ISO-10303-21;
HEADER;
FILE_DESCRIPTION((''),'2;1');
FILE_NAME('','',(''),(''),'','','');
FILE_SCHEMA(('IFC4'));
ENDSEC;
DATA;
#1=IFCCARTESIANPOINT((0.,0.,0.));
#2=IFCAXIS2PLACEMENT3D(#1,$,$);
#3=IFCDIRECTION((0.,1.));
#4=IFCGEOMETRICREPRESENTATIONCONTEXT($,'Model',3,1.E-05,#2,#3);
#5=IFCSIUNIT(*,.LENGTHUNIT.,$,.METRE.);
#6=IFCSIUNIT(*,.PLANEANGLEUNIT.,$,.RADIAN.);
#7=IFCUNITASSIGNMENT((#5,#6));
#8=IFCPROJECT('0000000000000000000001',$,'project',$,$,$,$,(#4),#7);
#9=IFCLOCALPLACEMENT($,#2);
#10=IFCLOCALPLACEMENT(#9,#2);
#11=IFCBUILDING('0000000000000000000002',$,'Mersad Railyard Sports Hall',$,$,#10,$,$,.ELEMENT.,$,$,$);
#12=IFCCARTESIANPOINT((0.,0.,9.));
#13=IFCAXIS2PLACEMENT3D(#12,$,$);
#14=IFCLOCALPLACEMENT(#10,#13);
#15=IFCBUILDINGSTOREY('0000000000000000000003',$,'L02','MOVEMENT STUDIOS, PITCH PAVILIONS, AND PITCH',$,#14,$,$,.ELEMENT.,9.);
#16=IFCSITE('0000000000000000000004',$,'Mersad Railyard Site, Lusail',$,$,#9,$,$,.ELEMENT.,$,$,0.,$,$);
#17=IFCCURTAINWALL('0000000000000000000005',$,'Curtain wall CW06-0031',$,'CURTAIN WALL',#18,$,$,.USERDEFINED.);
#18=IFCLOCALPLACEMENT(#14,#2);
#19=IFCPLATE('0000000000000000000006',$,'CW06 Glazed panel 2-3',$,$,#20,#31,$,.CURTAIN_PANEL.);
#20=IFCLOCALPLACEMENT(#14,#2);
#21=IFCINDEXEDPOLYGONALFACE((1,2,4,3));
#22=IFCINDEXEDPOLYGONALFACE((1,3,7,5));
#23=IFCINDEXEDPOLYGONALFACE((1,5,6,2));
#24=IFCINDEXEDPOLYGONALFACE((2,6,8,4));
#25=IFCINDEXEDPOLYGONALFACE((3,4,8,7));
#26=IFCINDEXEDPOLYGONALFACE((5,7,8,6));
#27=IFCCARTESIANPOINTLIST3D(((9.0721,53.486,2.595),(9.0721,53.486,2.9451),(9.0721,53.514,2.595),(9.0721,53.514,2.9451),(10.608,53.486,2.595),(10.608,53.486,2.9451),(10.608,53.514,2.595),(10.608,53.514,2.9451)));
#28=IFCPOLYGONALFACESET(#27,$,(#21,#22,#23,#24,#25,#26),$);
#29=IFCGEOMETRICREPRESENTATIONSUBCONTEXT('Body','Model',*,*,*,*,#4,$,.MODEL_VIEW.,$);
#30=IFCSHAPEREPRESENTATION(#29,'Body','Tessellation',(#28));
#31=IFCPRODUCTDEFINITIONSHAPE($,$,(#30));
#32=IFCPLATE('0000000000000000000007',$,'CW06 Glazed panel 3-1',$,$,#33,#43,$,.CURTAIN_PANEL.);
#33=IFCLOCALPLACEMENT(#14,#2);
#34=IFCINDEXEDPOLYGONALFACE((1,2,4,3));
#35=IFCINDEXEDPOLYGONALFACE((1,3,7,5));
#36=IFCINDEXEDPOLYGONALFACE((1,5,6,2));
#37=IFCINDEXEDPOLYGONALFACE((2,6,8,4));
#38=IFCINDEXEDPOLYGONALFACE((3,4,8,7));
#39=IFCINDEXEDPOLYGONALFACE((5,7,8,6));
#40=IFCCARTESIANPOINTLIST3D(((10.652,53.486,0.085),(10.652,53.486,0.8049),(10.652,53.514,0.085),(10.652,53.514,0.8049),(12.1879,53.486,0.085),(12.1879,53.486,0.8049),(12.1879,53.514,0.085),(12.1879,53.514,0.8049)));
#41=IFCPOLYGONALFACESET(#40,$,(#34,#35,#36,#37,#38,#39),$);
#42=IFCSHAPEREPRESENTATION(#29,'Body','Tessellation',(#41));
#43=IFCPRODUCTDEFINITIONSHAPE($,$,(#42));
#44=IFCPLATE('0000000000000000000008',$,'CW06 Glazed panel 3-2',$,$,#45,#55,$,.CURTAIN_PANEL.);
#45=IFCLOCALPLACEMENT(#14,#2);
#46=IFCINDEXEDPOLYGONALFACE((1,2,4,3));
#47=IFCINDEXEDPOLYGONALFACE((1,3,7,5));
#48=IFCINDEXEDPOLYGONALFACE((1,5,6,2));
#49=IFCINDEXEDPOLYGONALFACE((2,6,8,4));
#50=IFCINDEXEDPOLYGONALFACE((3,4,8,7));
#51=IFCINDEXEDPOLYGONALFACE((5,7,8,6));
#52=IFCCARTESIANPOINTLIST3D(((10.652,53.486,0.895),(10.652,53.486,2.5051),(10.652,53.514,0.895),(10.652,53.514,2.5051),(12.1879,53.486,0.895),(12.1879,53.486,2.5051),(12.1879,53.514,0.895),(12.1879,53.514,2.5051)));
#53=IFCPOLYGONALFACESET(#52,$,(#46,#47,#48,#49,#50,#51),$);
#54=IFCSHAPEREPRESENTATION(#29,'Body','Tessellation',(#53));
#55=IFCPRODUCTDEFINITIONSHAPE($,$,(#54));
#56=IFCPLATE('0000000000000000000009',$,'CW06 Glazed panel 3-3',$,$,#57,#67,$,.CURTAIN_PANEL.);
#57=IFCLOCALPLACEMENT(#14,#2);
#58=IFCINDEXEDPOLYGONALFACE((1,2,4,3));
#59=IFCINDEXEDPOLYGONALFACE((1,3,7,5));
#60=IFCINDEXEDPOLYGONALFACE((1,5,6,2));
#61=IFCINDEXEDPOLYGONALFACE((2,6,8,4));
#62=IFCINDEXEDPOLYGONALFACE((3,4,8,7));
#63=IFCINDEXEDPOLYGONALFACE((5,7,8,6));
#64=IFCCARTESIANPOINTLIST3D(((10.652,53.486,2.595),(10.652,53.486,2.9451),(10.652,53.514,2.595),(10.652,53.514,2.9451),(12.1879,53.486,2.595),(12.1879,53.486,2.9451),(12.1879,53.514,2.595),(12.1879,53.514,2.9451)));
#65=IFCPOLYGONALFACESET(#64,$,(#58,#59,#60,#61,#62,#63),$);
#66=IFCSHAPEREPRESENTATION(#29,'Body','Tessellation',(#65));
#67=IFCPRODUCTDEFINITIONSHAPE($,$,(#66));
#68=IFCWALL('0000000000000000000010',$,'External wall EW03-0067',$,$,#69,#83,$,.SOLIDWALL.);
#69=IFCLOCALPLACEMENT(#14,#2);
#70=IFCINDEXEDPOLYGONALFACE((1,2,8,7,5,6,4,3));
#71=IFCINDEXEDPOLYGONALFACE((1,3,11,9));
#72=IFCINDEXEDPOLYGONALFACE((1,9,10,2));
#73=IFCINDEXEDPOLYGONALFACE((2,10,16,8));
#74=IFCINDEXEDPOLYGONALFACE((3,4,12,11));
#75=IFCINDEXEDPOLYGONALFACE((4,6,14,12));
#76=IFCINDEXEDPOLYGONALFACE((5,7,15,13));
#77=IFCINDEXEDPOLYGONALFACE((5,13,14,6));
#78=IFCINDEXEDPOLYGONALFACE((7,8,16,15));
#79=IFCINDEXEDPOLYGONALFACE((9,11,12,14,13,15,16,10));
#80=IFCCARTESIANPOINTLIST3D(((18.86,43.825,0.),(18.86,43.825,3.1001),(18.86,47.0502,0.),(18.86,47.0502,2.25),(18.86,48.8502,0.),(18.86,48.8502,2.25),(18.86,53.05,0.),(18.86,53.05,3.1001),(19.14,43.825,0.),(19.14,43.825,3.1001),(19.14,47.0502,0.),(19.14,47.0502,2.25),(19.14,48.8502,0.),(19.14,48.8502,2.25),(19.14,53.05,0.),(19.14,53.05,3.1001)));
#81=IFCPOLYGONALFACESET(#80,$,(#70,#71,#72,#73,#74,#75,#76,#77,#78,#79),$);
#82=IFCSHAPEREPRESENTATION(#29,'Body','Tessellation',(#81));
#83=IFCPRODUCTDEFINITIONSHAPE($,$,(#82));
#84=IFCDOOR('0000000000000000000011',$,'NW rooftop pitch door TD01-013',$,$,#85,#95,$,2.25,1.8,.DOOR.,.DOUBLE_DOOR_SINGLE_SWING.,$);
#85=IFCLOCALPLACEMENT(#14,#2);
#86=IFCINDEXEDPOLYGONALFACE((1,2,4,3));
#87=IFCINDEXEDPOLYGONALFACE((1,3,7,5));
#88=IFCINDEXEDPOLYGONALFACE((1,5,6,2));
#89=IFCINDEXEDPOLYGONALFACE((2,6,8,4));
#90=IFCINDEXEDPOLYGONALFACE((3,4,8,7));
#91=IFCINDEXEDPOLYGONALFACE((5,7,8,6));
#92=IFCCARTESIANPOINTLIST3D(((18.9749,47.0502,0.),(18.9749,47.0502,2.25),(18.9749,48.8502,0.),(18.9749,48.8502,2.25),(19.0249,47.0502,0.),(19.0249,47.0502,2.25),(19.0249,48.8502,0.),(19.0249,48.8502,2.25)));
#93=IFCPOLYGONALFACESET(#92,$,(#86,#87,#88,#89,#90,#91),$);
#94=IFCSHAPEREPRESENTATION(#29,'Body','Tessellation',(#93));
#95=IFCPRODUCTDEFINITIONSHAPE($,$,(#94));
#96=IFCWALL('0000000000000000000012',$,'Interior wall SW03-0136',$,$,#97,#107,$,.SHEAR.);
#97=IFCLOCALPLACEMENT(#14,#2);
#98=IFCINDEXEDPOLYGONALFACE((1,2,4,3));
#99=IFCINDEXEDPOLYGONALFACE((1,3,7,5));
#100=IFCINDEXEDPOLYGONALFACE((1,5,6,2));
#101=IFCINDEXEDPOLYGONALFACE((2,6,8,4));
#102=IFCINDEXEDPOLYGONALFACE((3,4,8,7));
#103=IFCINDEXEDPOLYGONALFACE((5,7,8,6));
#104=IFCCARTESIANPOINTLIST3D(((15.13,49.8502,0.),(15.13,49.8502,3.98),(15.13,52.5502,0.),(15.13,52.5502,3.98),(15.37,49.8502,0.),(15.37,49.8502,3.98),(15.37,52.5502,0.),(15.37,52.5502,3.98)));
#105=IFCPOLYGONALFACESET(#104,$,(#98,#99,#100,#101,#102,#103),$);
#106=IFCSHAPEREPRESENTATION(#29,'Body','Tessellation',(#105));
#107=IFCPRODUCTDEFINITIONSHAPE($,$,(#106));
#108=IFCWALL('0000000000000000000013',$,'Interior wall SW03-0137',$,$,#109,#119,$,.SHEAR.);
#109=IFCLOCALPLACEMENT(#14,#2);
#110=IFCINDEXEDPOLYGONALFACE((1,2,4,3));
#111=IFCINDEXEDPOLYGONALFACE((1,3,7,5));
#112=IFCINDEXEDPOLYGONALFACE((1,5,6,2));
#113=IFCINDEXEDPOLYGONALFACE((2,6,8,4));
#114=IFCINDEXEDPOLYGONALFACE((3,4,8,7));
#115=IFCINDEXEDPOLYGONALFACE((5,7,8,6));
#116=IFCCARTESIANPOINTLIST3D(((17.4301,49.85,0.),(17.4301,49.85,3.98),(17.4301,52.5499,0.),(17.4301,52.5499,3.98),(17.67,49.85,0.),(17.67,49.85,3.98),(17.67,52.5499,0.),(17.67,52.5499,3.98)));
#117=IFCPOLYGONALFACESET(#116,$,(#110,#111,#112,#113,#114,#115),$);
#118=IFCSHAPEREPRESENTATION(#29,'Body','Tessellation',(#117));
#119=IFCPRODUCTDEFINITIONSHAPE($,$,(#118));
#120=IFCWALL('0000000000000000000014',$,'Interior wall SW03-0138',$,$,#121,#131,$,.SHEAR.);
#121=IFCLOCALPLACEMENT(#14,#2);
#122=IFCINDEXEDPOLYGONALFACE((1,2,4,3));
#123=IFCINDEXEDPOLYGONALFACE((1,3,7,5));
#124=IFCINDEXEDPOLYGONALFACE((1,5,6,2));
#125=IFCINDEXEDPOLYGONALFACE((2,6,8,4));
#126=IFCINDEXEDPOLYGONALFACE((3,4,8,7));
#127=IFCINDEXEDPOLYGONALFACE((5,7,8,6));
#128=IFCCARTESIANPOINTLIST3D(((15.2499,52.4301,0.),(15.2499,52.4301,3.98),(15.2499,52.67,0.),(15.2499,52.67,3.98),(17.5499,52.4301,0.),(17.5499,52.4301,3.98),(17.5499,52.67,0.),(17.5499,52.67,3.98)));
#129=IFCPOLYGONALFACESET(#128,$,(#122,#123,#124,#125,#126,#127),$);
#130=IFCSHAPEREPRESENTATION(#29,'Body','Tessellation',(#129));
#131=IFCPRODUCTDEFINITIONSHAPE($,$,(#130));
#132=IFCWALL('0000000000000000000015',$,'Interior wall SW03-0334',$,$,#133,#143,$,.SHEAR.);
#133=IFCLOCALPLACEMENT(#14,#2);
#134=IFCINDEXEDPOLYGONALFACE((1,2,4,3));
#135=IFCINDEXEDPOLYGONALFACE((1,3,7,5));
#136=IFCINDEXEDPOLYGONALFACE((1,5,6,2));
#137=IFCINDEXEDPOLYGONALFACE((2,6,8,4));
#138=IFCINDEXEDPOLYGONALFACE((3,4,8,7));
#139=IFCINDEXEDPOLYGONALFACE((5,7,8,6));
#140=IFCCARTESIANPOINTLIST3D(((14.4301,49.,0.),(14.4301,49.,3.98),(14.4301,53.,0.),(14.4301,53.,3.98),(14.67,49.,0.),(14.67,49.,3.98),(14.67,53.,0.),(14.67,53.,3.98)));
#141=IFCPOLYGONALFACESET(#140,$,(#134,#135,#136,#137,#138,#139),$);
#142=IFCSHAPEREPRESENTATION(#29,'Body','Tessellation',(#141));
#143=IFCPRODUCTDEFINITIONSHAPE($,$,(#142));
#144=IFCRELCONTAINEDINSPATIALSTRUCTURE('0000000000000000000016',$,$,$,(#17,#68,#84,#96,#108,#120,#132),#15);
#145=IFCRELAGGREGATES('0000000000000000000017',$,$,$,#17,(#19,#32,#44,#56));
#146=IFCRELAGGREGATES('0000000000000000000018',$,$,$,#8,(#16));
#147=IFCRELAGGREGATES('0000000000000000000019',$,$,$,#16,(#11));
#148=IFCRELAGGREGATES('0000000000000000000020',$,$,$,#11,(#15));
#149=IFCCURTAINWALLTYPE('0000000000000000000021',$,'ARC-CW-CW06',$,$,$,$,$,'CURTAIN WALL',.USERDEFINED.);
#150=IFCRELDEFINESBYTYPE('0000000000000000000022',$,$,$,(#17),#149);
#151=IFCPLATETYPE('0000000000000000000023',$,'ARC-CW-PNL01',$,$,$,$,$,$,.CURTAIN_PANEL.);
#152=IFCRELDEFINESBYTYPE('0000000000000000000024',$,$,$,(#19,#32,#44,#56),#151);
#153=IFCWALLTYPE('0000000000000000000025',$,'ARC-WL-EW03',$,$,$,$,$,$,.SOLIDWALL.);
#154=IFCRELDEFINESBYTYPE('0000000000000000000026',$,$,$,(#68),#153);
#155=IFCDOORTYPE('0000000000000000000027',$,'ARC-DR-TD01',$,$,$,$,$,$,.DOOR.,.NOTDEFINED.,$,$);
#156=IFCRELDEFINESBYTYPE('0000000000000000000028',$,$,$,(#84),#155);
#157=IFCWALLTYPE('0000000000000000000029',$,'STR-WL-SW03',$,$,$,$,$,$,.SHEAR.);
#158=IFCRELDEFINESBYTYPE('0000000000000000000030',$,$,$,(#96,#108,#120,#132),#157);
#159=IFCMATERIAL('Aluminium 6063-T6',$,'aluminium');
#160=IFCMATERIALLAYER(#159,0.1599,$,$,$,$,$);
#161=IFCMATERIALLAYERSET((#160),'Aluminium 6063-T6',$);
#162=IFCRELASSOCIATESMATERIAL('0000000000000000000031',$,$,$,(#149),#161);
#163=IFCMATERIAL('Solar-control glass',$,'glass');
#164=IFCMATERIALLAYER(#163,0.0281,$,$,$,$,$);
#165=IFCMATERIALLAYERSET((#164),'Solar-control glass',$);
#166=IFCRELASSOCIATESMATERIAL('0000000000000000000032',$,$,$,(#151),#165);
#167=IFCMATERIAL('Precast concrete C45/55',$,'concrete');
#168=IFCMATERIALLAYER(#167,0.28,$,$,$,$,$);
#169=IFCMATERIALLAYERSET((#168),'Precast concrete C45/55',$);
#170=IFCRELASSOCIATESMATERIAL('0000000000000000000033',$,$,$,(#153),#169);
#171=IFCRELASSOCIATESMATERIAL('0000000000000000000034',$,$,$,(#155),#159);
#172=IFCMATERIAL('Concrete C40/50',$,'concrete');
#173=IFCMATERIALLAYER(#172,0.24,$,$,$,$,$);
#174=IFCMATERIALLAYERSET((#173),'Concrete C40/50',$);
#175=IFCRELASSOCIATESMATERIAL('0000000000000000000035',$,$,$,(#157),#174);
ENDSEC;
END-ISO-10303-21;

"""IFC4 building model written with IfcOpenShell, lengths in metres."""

from ifc_helpers import new_model, si_unit, direction, frame, frame_2d, origin, origin_2d, place, context, subcontext, project, spatial, rectangle, extrude, material, layer, layer_set, type_object, element, fill, aggregate, save


model = new_model("IFC4")

# Units and contexts
model_context = context("Model", 3, precision=1e-05, world=origin(), true_north=direction((0.0, 1.0)))
body_context = subcontext(model_context, "Body", "Model", "MODEL_VIEW")
ifc_project = project(units=[si_unit("LENGTHUNIT", "METRE"), si_unit("PLANEANGLEUNIT", "RADIAN")], contexts=[model_context])

# Site, building, storey
site_placement = place(None, origin())
site = spatial("IfcSite", under=ifc_project, at=site_placement, Name="Mersad Railyard Site, Lusail", CompositionType="ELEMENT", RefElevation=0.0)
building_placement = place(site_placement, origin())
building = spatial("IfcBuilding", under=site, at=building_placement, Name="Mersad Railyard Sports Hall", CompositionType="ELEMENT")
storey_placement = place(building_placement, frame((0.0, 0.0, 9.0)))
storey = spatial("IfcBuildingStorey", under=building, at=storey_placement, Name="L02", Description="MOVEMENT STUDIOS, PITCH PAVILIONS, AND PITCH", CompositionType="ELEMENT", Elevation=9.0)

# Curtain wall
ifc_material_1 = material(Name="Aluminium 6063-T6", Category="aluminium")
ifc_layer_1 = layer(ifc_material_1, 0.1599)
ifc_layer_set_1 = layer_set([ifc_layer_1], Name="Aluminium 6063-T6")
curtain_wall_type = type_object("IfcCurtainWallType", Name="ARC-CW-CW06", ElementType="CURTAIN WALL", PredefinedType="USERDEFINED", material=ifc_layer_set_1)
curtain_wall_placement = place(storey_placement, origin())
curtain_wall = element("IfcCurtainWall", 1, at=curtain_wall_placement, inside=storey, type_object=curtain_wall_type, Name="Curtain wall CW06-0031", ObjectType="CURTAIN WALL", PredefinedType="USERDEFINED")

# Shared definitions
ifc_material_2 = material(Name="Concrete C40/50", Category="concrete")

# Plates
ifc_material_3 = material(Name="Solar-control glass", Category="glass")
ifc_layer_2 = layer(ifc_material_3, 0.0281)
ifc_layer_set_2 = layer_set([ifc_layer_2], Name="Solar-control glass")
plate_type = type_object("IfcPlateType", Name="ARC-CW-PNL01", PredefinedType="CURTAIN_PANEL", material=ifc_layer_set_2)
plate_1_placement = place(storey_placement, frame((9.8401, 53.5, 2.595), z_axis=(0.0, 0.0, 1.0), x_axis=(1.0, 0.0, 0.0)))
plate_1 = element("IfcPlate", 2, at=plate_1_placement, type_object=plate_type, Name="CW06 Glazed panel 2-3", PredefinedType="CURTAIN_PANEL", context=body_context, shape_type="SweptSolid", body=[
    extrude(rectangle(XDim=1.5359, YDim=0.0281, at=origin_2d()), origin(), (0.0, 0.0, 1.0), 0.3501),
])
plate_2_placement = place(storey_placement, frame((11.4199, 53.5, 0.085), z_axis=(0.0, 0.0, 1.0), x_axis=(1.0, 0.0, 0.0)))
plate_2 = element("IfcPlate", 3, at=plate_2_placement, type_object=plate_type, Name="CW06 Glazed panel 3-1", PredefinedType="CURTAIN_PANEL", context=body_context, shape_type="SweptSolid", body=[
    extrude(rectangle(XDim=1.5359, YDim=0.0281, at=origin_2d()), origin(), (0.0, 0.0, 1.0), 0.72),
])
plate_3_placement = place(storey_placement, frame((11.4199, 53.5, 0.895), z_axis=(0.0, 0.0, 1.0), x_axis=(1.0, 0.0, 0.0)))
plate_3 = element("IfcPlate", 4, at=plate_3_placement, type_object=plate_type, Name="CW06 Glazed panel 3-2", PredefinedType="CURTAIN_PANEL", context=body_context, shape_type="SweptSolid", body=[
    extrude(rectangle(XDim=1.5359, YDim=0.0281, at=origin_2d()), origin(), (0.0, 0.0, 1.0), 1.6101),
])
plate_4_placement = place(storey_placement, frame((11.4199, 53.5, 2.595), z_axis=(0.0, 0.0, 1.0), x_axis=(1.0, 0.0, 0.0)))
plate_4 = element("IfcPlate", 5, at=plate_4_placement, type_object=plate_type, Name="CW06 Glazed panel 3-3", PredefinedType="CURTAIN_PANEL", context=body_context, shape_type="SweptSolid", body=[
    extrude(rectangle(XDim=1.5359, YDim=0.0281, at=origin_2d()), origin(), (0.0, 0.0, 1.0), 0.3501),
])
aggregate(curtain_wall, [plate_1, plate_2, plate_3, plate_4])

# Wall, opening, door
ifc_material_4 = material(Name="Precast concrete C45/55", Category="concrete")
ifc_layer_3 = layer(ifc_material_4, 0.28)
ifc_layer_set_3 = layer_set([ifc_layer_3], Name="Precast concrete C45/55")
wall_type_1 = type_object("IfcWallType", Name="ARC-WL-EW03", PredefinedType="SOLIDWALL", material=ifc_layer_set_3)
wall_1_placement = place(storey_placement, frame((19.0, 53.05, 0.0), z_axis=(0.0, 0.0, 1.0), x_axis=(0.0, -1.0, 0.0)))
wall_1 = element("IfcWall", 6, at=wall_1_placement, inside=storey, type_object=wall_type_1, Name="External wall EW03-0067", PredefinedType="SOLIDWALL", context=body_context, shape_type="SweptSolid", body=[
    extrude(rectangle(XDim=9.2251, YDim=0.28, at=frame_2d((4.6125, 0.0))), origin(), (0.0, 0.0, 1.0), 3.1001),
])
opening_1_placement = place(wall_1_placement, frame((4.2, 0.0, 0.0)))
opening_1 = element("IfcOpeningElement", 7, at=opening_1_placement, cuts=wall_1, PredefinedType="OPENING", context=body_context, shape_type="SweptSolid", body=[
    extrude(rectangle(XDim=1.8, YDim=2.25, at=frame_2d((0.8999, 1.125))), frame((0.0, 0.1499, 0.0), z_axis=(0.0, -1.0, 0.0), x_axis=(1.0, 0.0, 0.0)), (0.0, 0.0, 1.0), 0.3),
])
door_type_1 = type_object("IfcDoorType", Name="ARC-DR-TD01", OperationType="NOTDEFINED", PredefinedType="DOOR", material=ifc_material_1)
door_1_placement = place(opening_1_placement, origin())
door_1 = element("IfcDoor", 8, at=door_1_placement, inside=storey, type_object=door_type_1, Name="NW rooftop pitch door TD01-013", OperationType="DOUBLE_DOOR_SINGLE_SWING", OverallHeight=2.25, OverallWidth=1.8, PredefinedType="DOOR", context=body_context, shape_type="SweptSolid", body=[
    extrude(rectangle(XDim=1.8, YDim=2.25, at=frame_2d((0.8999, 1.125))), frame((0.0, 0.0249, 0.0), z_axis=(0.0, -1.0, 0.0), x_axis=(1.0, 0.0, 0.0)), (0.0, 0.0, 1.0), 0.05),
])
fill(opening_1, door_1)

# Walls
ifc_layer_4 = layer(ifc_material_2, 0.24)
ifc_layer_set_4 = layer_set([ifc_layer_4], Name="Concrete C40/50")
wall_type_2 = type_object("IfcWallType", Name="STR-WL-SW03", PredefinedType="SHEAR", material=ifc_layer_set_4)
for number, where, z_axis, x_axis, name in (
    (9, (15.25, 49.8501, 0.0), (0.0, 0.0, 1.0), (0.0, 1.0, 0.0), "Interior wall SW03-0136"),
    (10, (17.55, 52.55, 0.0), (0.0, 0.0, 1.0), (0.0, -1.0, 0.0), "Interior wall SW03-0137"),
):
    element("IfcWall", number, at=place(storey_placement, frame(where, z_axis=z_axis, x_axis=x_axis)), inside=storey, type_object=wall_type_2, Name=name, PredefinedType="SHEAR", context=body_context, shape_type="SweptSolid", body=[
        extrude(rectangle(XDim=2.7, YDim=0.24, at=frame_2d((1.3501, 0.0))), origin(), (0.0, 0.0, 1.0), 3.98),
    ])
wall_2_placement = place(storey_placement, frame((15.25, 52.55, 0.0), z_axis=(0.0, 0.0, 1.0), x_axis=(1.0, 0.0, 0.0)))
element("IfcWall", 11, at=wall_2_placement, inside=storey, type_object=wall_type_2, Name="Interior wall SW03-0138", PredefinedType="SHEAR", context=body_context, shape_type="SweptSolid", body=[
    extrude(rectangle(XDim=2.3, YDim=0.24, at=frame_2d((1.1499, 0.0))), origin(), (0.0, 0.0, 1.0), 3.98),
])

# Wall
wall_3_placement = place(storey_placement, frame((14.55, 49.0, 0.0), z_axis=(0.0, 0.0, 1.0), x_axis=(0.0, 1.0, 0.0)))
element("IfcWall", 12, at=wall_3_placement, inside=storey, type_object=wall_type_2, Name="Interior wall SW03-0334", PredefinedType="SHEAR", context=body_context, shape_type="SweptSolid", body=[
    extrude(rectangle(XDim=4.0, YDim=0.24, at=frame_2d((2.0, 0.0))), origin(), (0.0, 0.0, 1.0), 3.98),
])

save(model, "model.ifc")
